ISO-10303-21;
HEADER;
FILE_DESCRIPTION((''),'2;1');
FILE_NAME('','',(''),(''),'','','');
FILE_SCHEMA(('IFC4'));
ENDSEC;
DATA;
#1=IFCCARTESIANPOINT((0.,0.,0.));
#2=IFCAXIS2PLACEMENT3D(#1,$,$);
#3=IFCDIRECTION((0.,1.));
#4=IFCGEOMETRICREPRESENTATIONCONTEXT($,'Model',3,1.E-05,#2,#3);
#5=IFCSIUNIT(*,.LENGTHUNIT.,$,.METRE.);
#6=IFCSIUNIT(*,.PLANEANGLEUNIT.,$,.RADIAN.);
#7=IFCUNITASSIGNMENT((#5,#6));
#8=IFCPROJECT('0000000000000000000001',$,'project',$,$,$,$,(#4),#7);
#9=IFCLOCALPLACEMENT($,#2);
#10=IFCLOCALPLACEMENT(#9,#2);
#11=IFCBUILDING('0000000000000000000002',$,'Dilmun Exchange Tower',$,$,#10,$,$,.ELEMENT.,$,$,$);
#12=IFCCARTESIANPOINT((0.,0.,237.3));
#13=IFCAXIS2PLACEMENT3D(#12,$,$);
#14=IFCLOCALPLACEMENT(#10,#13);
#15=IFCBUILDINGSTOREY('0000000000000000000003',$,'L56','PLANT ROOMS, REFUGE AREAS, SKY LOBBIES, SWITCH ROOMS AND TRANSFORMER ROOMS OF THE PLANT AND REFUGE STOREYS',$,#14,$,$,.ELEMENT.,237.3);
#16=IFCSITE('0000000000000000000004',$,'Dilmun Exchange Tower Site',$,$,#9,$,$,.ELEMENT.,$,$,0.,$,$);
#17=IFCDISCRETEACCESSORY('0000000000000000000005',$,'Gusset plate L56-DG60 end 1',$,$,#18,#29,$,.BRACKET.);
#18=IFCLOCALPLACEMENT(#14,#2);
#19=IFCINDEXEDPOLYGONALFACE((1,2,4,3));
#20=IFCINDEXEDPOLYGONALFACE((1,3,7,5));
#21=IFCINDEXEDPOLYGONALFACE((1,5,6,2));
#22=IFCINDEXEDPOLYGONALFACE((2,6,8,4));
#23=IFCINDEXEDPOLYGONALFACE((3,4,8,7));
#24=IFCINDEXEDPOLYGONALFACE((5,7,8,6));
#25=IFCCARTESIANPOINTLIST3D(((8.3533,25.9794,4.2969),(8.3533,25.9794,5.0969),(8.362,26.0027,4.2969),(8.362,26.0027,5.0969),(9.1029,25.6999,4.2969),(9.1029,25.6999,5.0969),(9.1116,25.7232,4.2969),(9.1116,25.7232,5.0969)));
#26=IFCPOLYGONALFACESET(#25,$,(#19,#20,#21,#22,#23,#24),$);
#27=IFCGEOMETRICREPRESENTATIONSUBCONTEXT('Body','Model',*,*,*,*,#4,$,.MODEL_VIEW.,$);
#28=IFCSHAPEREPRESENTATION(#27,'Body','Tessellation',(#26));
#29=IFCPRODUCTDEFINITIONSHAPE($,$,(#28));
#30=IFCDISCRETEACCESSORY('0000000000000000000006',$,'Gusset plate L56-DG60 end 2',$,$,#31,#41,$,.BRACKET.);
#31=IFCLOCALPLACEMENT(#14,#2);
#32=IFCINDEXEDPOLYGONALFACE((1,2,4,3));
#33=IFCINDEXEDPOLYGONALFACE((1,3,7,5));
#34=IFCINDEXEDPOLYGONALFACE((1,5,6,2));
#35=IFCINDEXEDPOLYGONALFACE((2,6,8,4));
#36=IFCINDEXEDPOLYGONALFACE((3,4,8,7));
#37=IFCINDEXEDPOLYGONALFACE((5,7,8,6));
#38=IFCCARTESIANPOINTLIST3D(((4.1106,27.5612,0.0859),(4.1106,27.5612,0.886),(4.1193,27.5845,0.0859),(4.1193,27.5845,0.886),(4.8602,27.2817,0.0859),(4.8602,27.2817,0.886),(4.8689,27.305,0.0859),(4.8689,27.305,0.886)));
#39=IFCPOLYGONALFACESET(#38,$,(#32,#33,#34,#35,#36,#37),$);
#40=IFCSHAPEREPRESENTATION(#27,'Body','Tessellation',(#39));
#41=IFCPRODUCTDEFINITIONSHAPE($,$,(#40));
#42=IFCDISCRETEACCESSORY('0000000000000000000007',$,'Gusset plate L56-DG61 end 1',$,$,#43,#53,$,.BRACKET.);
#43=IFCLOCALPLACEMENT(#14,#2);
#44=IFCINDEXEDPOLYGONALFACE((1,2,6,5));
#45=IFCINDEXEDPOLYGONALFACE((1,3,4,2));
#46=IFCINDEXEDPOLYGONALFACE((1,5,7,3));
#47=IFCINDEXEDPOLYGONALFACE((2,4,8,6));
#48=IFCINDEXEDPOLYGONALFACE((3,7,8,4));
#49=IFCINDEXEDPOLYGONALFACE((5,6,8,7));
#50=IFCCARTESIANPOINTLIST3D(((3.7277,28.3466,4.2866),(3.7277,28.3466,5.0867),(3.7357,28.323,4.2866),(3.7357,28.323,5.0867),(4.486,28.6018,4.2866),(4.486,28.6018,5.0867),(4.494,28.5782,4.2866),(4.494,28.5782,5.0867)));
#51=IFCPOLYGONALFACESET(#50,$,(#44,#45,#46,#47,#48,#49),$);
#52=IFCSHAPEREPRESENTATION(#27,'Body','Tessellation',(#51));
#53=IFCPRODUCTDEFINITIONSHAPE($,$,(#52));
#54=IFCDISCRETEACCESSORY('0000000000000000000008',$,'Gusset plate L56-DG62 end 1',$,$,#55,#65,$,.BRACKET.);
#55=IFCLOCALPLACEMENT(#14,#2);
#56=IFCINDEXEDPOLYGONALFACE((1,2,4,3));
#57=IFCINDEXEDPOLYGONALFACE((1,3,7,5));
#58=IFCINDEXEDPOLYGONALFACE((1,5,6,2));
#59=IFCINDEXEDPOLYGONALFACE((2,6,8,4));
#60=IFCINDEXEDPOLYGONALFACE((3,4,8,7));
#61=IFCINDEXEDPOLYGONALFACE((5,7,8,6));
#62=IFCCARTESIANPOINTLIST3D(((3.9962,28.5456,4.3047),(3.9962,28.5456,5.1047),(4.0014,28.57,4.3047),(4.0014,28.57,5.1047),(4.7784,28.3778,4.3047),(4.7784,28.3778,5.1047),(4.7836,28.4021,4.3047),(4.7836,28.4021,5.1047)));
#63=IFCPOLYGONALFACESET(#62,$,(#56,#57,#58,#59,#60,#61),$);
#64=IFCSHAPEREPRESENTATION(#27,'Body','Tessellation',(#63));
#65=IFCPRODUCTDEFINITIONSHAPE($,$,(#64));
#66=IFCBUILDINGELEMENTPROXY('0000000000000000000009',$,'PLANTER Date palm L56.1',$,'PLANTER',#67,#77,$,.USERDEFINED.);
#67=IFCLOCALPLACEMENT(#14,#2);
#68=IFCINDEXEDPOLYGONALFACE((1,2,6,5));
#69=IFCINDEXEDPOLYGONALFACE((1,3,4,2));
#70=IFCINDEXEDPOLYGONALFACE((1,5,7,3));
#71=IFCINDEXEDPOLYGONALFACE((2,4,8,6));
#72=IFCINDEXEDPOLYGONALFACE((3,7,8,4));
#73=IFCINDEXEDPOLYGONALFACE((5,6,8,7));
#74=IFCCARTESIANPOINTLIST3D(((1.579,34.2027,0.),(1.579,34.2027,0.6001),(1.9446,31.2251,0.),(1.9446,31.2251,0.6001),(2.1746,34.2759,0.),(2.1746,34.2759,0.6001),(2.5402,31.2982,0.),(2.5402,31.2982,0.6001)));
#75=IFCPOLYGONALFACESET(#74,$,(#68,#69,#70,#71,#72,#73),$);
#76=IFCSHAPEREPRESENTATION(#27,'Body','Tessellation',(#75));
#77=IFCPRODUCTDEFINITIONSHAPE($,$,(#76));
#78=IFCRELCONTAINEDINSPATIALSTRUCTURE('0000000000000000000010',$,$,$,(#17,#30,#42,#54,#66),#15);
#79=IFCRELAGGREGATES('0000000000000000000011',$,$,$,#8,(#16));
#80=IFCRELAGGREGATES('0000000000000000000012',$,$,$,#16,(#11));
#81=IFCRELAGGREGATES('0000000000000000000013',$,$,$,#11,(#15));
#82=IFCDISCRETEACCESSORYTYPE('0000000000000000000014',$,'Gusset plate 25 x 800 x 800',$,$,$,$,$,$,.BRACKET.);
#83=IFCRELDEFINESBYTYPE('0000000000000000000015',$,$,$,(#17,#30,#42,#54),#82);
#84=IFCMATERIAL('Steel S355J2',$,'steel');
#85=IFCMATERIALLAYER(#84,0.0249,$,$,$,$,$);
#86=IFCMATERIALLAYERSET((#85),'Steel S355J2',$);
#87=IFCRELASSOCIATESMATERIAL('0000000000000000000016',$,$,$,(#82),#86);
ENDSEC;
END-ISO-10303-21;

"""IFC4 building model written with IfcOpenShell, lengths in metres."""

from ifc_helpers import new_model, si_unit, direction, frame, origin, origin_2d, place, context, subcontext, project, spatial, rectangle, extrude, material, layer, layer_set, type_object, element, save


model = new_model("IFC4")

# Units and contexts
model_context = context("Model", 3, precision=1e-05, world=origin(), true_north=direction((0.0, 1.0)))
body_context = subcontext(model_context, "Body", "Model", "MODEL_VIEW")
ifc_project = project(units=[si_unit("LENGTHUNIT", "METRE"), si_unit("PLANEANGLEUNIT", "RADIAN")], contexts=[model_context])

# Site, building, storey
site_placement = place(None, origin())
site = spatial("IfcSite", under=ifc_project, at=site_placement, Name="Dilmun Exchange Tower Site", CompositionType="ELEMENT", RefElevation=0.0)
building_placement = place(site_placement, origin())
building = spatial("IfcBuilding", under=site, at=building_placement, Name="Dilmun Exchange Tower", CompositionType="ELEMENT")
storey_placement = place(building_placement, frame((0.0, 0.0, 237.3)))
storey = spatial("IfcBuildingStorey", under=building, at=storey_placement, Name="L56", Description="PLANT ROOMS, REFUGE AREAS, SKY LOBBIES, SWITCH ROOMS AND TRANSFORMER ROOMS OF THE PLANT AND REFUGE STOREYS", CompositionType="ELEMENT", Elevation=237.3)

# Discrete accessories
ifc_material_1 = material(Name="Steel S355J2", Category="steel")
ifc_layer_1 = layer(ifc_material_1, 0.0249)
ifc_layer_set_1 = layer_set([ifc_layer_1], Name="Steel S355J2")
discrete_accessory_type = type_object("IfcDiscreteAccessoryType", Name="Gusset plate 25 x 800 x 800", PredefinedType="BRACKET", material=ifc_layer_set_1)
for number, where, z_axis, x_axis, name in (
    (1, (8.7324, 25.8513, 4.2969), (0.0, 0.0, 1.0), (-0.93698, 0.349382, 0.0), "Gusset plate L56-DG60 end 1"),
    (2, (4.4897, 27.4331, 0.0859), (0.0, 0.0, 1.0), (-0.93698, 0.349382, 0.0), "Gusset plate L56-DG60 end 2"),
    (3, (4.1108, 28.4624, 4.2866), (0.0, 0.0, 1.0), (-0.947791, -0.318891, 0.0), "Gusset plate L56-DG61 end 1"),
    (4, (4.3899, 28.4739, 4.3047), (0.0, 0.0, 1.0), (0.977751, -0.20977, 0.0), "Gusset plate L56-DG62 end 1"),
):
    element("IfcDiscreteAccessory", number, at=place(storey_placement, frame(where, z_axis=z_axis, x_axis=x_axis)), inside=storey, type_object=discrete_accessory_type, Name=name, PredefinedType="BRACKET", context=body_context, shape_type="SweptSolid", body=[
        extrude(rectangle(XDim=0.8, YDim=0.0249, at=origin_2d()), origin(), (0.0, 0.0, 1.0), 0.8),
    ])

# Building element proxy
proxy_placement = place(storey_placement, frame((2.0596, 32.7505, 0.0), z_axis=(0.0, 0.0, 1.0), x_axis=(-0.121869, 0.992546, 0.0)))
element("IfcBuildingElementProxy", 5, at=proxy_placement, inside=storey, Name="PLANTER Date palm L56.1", ObjectType="PLANTER", PredefinedType="USERDEFINED", context=body_context, shape_type="SweptSolid", body=[
    extrude(rectangle(XDim=3.0, YDim=0.6001, at=origin_2d()), origin(), (0.0, 0.0, 1.0), 0.6001),
])

save(model, "model.ifc")
